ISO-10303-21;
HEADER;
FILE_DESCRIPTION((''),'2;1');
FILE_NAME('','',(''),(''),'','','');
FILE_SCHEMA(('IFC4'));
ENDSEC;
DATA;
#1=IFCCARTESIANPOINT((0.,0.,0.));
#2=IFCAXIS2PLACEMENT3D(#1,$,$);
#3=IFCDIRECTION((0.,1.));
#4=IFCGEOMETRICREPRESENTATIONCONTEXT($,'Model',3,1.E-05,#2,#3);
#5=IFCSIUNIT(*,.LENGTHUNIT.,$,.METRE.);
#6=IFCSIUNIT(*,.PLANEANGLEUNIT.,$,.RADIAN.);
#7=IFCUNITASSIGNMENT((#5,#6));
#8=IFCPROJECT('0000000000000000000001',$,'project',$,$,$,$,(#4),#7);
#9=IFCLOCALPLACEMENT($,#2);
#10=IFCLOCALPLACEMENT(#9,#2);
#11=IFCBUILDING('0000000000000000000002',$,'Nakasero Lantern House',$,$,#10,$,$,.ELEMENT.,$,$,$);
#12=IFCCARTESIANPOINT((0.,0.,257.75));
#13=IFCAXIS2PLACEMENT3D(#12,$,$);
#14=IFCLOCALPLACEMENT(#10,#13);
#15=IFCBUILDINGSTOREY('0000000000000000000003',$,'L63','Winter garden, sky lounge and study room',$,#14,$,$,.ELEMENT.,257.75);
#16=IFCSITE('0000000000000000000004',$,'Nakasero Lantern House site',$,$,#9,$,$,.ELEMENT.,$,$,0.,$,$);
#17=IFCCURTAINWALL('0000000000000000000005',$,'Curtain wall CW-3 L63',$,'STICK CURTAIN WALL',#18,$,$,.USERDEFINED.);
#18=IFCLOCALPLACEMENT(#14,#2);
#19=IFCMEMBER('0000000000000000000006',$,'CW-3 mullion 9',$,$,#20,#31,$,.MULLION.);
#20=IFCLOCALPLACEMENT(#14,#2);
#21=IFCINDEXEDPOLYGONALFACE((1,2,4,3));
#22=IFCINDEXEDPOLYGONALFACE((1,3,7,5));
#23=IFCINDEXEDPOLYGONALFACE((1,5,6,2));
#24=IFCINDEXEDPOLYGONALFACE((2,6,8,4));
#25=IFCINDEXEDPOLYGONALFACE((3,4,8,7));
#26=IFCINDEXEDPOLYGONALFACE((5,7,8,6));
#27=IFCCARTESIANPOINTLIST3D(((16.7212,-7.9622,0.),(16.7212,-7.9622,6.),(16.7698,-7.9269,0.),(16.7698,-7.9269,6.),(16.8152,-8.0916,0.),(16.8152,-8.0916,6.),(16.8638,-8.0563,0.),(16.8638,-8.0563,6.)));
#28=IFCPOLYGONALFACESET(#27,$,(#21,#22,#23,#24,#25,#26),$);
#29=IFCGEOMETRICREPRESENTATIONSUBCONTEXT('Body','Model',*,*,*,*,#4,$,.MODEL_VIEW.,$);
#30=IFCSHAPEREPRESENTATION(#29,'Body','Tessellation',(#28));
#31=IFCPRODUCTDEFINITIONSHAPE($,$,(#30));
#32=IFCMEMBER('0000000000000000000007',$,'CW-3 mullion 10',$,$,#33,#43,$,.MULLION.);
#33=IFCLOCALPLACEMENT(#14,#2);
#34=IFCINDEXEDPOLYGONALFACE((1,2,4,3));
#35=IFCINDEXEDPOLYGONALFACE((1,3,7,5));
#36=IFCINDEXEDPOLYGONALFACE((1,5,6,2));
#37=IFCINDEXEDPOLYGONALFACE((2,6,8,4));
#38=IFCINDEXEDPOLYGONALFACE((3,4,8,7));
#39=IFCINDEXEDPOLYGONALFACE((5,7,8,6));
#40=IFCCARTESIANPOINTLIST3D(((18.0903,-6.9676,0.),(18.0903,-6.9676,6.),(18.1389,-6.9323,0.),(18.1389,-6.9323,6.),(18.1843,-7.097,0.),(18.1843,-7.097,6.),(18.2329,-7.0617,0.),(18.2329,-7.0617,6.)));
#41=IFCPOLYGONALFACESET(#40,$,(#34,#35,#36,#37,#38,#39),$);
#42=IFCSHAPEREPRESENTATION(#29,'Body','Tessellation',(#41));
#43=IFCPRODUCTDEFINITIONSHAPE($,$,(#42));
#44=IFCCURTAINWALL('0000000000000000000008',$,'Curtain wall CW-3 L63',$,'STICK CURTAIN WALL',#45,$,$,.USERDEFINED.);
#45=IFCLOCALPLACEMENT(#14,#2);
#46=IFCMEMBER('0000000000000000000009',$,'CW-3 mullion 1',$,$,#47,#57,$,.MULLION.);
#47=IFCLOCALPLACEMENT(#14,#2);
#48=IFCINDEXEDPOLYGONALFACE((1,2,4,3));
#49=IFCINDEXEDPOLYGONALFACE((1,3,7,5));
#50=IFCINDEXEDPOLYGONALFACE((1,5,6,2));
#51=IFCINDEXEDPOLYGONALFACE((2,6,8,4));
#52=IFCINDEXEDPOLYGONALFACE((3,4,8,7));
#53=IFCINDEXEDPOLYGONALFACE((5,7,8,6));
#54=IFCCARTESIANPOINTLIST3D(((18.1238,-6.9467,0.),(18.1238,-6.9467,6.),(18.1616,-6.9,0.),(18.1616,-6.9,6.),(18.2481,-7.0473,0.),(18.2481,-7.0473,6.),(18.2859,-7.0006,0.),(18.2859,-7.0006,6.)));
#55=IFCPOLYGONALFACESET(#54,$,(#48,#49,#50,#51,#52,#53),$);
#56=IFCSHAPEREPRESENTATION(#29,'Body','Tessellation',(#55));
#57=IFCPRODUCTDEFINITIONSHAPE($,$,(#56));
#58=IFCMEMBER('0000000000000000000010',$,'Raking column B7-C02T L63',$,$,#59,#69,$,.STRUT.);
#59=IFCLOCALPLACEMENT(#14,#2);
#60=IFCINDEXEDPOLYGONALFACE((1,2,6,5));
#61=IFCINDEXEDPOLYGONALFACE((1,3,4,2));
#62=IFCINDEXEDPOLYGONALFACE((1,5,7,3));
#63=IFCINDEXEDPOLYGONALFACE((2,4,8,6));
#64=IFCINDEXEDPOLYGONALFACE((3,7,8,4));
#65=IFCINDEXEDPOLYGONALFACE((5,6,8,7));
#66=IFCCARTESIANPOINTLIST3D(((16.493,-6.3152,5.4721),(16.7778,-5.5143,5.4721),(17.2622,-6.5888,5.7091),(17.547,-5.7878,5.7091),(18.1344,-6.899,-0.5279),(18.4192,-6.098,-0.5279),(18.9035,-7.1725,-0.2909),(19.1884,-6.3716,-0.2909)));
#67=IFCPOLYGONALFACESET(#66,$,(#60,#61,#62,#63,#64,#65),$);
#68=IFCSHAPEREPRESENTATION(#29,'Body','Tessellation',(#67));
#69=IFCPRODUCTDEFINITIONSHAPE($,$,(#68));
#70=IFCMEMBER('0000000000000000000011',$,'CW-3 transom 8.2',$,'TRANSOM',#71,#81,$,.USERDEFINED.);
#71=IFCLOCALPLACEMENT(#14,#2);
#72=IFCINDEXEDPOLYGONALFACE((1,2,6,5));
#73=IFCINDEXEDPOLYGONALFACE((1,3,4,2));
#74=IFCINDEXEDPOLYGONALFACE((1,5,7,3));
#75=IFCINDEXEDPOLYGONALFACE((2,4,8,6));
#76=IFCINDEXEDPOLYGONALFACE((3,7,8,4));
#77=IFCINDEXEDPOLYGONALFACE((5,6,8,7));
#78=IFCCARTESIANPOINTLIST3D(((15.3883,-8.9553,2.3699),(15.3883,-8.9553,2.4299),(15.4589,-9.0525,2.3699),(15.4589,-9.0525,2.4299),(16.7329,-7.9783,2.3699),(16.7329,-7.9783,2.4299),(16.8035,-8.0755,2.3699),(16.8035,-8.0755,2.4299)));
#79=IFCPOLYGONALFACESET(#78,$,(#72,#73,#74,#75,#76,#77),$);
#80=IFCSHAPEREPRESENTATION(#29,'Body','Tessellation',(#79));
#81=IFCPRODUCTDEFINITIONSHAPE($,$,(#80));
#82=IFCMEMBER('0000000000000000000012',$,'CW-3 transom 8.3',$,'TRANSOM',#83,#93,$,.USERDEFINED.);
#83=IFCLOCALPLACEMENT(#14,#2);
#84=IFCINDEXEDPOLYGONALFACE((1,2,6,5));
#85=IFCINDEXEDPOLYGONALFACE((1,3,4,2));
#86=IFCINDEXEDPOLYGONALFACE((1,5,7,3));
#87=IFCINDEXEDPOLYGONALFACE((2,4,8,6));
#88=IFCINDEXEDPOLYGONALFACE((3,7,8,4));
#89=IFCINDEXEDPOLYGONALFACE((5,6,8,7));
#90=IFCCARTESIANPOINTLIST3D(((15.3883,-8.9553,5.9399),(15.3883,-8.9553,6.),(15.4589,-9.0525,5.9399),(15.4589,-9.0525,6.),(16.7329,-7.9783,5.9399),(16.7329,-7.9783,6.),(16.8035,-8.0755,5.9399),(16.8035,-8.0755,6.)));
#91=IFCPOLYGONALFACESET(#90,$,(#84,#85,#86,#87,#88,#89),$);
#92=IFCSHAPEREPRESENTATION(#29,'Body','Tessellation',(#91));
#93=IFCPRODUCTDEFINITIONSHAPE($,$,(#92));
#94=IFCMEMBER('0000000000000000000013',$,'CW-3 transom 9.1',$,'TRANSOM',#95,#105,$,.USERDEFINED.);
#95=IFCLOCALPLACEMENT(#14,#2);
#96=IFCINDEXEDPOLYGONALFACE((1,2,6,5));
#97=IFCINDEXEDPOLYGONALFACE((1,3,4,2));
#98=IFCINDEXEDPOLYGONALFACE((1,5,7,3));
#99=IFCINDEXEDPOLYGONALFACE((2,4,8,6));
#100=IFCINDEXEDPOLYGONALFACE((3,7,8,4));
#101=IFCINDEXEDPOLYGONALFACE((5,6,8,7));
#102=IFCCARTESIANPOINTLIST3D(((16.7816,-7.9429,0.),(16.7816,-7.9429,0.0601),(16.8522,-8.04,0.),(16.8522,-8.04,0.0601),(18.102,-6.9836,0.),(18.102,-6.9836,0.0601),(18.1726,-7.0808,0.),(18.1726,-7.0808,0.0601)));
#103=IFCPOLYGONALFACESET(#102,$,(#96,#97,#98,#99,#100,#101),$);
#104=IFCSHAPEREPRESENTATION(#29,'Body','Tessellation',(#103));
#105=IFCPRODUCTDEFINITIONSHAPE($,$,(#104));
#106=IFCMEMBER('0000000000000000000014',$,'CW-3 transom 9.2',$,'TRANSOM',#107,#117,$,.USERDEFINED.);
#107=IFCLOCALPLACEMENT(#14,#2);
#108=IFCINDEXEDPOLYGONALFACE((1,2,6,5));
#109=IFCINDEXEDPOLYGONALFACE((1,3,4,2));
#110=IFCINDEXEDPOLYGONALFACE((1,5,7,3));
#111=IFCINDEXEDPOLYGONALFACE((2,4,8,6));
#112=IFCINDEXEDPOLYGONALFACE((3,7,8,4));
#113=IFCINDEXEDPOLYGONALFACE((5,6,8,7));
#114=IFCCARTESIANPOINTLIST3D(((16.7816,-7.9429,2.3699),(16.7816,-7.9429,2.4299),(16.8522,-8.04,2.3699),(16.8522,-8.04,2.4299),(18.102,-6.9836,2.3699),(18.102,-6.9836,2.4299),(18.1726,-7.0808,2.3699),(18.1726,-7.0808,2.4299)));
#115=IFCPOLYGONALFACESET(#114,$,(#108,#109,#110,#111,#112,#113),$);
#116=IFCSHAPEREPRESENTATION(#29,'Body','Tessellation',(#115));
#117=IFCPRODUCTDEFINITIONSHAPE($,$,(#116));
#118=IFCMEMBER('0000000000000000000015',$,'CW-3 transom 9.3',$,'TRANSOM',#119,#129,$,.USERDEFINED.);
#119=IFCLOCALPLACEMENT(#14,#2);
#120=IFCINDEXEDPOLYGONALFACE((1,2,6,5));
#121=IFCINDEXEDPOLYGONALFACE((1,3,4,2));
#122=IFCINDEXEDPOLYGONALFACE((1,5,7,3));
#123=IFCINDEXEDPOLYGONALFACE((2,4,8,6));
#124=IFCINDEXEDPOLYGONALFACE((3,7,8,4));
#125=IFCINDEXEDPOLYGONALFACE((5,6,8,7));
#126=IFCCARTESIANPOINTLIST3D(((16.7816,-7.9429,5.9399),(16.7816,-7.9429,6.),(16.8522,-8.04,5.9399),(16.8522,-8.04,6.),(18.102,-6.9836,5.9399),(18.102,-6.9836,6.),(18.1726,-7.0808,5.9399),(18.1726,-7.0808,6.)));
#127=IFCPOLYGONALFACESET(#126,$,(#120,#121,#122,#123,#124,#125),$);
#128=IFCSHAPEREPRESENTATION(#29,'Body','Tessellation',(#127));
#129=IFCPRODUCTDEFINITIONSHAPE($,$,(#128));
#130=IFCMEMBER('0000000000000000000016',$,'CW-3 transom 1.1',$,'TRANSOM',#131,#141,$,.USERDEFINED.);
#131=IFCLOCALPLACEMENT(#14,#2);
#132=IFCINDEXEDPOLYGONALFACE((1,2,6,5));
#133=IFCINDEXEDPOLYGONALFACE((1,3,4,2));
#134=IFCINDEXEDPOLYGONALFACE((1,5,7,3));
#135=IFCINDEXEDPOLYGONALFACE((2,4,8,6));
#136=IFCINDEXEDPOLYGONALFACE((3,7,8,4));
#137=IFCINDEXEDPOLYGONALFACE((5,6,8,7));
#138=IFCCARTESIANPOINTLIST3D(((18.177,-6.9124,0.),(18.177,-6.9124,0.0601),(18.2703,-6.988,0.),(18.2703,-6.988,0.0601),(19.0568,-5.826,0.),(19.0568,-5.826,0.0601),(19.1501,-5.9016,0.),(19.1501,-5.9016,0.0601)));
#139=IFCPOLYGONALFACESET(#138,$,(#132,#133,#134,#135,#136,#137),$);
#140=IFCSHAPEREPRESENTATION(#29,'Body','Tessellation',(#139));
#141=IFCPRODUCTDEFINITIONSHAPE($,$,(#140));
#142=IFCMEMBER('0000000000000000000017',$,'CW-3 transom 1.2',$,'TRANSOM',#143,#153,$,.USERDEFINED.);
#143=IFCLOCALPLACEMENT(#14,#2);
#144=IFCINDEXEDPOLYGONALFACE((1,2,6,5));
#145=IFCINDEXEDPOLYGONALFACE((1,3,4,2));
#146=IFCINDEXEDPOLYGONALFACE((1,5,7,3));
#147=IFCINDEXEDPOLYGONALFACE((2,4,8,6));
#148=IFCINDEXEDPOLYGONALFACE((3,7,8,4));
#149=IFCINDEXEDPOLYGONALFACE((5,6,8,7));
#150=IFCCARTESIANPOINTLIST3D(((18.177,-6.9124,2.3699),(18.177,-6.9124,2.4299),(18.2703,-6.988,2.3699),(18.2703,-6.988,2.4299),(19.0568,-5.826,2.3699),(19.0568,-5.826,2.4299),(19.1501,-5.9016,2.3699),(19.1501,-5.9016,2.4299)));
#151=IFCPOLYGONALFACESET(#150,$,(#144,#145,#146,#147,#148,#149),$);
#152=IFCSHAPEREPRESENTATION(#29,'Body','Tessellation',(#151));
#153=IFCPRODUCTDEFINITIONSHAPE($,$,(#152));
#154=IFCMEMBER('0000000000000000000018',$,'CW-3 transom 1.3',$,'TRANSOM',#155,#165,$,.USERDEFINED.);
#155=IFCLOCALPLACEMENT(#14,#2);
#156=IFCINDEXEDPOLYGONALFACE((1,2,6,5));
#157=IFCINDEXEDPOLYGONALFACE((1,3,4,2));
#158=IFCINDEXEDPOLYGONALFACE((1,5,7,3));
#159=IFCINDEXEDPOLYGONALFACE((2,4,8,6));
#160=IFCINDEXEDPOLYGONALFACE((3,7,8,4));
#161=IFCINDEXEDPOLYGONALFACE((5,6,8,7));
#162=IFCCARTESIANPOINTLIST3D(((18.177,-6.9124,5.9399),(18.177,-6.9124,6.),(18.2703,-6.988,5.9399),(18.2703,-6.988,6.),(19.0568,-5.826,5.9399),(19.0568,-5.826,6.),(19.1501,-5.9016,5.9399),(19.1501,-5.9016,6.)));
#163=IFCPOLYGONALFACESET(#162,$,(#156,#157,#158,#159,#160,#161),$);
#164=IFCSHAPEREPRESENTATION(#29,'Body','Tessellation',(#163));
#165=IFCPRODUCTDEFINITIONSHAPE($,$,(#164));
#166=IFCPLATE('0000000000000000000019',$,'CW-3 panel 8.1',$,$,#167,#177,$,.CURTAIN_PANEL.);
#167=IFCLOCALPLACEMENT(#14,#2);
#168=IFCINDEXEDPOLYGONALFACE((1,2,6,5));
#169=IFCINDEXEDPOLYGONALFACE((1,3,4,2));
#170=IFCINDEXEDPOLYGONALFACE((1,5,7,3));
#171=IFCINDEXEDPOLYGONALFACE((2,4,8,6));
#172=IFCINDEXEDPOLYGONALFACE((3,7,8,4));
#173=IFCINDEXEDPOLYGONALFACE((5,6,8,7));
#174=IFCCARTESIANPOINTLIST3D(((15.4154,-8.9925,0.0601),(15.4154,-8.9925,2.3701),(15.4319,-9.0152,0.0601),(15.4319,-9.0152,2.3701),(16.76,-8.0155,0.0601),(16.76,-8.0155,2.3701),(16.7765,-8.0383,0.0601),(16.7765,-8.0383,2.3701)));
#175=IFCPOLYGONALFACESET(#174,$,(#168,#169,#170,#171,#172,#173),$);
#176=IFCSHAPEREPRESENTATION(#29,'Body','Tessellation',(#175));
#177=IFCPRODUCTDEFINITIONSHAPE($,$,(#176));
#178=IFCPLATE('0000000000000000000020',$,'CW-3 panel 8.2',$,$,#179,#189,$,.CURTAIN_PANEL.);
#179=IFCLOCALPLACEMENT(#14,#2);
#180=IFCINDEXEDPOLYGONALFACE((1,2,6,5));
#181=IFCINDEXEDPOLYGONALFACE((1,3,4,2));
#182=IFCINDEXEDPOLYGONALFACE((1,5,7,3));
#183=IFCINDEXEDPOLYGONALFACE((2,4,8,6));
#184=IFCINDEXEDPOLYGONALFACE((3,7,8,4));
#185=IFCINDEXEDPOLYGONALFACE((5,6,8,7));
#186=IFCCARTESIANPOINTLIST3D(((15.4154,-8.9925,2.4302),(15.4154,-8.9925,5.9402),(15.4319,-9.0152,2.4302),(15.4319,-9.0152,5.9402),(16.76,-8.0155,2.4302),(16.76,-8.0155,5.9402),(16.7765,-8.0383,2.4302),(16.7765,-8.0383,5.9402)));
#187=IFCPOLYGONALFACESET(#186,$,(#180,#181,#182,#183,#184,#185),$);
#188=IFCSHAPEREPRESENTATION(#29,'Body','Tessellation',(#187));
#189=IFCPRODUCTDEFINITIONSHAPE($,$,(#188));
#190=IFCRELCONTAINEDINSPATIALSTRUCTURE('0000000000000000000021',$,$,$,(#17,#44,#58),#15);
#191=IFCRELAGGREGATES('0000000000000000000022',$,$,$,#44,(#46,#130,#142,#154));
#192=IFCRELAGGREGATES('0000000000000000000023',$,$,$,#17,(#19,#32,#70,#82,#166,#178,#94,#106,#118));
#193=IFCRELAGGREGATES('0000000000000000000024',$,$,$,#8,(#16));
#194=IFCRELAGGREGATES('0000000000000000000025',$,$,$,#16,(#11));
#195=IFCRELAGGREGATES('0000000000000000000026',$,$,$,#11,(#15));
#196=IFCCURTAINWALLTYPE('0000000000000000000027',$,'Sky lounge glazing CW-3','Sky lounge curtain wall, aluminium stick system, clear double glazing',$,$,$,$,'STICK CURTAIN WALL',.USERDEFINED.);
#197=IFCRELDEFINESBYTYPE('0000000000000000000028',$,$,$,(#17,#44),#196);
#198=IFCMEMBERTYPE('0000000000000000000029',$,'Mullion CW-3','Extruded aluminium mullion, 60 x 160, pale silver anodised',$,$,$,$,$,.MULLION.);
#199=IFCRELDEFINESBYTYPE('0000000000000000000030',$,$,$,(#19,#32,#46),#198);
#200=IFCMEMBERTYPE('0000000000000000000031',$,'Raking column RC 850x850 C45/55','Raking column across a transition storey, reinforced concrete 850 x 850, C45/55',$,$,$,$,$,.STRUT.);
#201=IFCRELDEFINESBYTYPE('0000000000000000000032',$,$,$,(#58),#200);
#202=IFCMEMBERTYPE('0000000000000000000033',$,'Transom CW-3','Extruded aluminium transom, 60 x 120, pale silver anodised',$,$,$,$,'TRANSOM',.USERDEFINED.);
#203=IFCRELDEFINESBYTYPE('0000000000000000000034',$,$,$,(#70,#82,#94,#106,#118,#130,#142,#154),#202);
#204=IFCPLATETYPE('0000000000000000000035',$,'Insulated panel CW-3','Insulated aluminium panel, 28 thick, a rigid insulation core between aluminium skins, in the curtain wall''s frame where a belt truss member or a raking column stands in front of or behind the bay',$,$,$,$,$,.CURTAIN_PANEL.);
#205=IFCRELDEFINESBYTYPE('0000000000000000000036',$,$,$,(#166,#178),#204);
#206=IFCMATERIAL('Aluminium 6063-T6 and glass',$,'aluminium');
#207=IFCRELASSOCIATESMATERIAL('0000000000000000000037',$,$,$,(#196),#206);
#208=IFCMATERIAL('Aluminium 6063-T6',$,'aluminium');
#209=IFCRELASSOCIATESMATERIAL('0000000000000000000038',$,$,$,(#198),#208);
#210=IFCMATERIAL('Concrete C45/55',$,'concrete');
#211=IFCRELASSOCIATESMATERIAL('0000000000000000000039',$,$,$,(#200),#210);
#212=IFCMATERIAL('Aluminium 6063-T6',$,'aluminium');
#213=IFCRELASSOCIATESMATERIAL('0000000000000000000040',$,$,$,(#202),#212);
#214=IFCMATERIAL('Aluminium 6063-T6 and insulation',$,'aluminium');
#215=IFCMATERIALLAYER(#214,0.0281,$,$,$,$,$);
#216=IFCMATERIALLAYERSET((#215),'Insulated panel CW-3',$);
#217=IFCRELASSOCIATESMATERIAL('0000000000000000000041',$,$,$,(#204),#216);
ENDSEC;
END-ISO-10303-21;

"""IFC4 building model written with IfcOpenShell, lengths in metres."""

from ifc_helpers import new_model, si_unit, direction, frame, origin, origin_2d, place, context, subcontext, project, spatial, rectangle, extrude, material, layer, layer_set, material_profile, profile_set, type_object, element, aggregate, save


model = new_model("IFC4")

# Units and contexts
model_context = context("Model", 3, precision=1e-05, world=origin(), true_north=direction((0.0, 1.0)))
body_context = subcontext(model_context, "Body", "Model", "MODEL_VIEW")
ifc_project = project(units=[si_unit("LENGTHUNIT", "METRE"), si_unit("PLANEANGLEUNIT", "RADIAN")], contexts=[model_context])

# Site, building, storey
site_placement = place(None, origin())
site = spatial("IfcSite", under=ifc_project, at=site_placement, Name="Nakasero Lantern House site", CompositionType="ELEMENT", RefElevation=0.0)
building_placement = place(site_placement, origin())
building = spatial("IfcBuilding", under=site, at=building_placement, Name="Nakasero Lantern House", CompositionType="ELEMENT")
storey_placement = place(building_placement, frame((0.0, 0.0, 257.75)))
storey = spatial("IfcBuildingStorey", under=building, at=storey_placement, Name="L63", Description="Winter garden, sky lounge and study room", CompositionType="ELEMENT", Elevation=257.75)

# Curtain wall, members
ifc_material_1 = material(Name="Aluminium 6063-T6 and glass", Category="aluminium")
curtain_wall_type = type_object("IfcCurtainWallType", Name="Sky lounge glazing CW-3", Description="Sky lounge curtain wall, aluminium stick system, clear double glazing", ElementType="STICK CURTAIN WALL", PredefinedType="USERDEFINED", material=ifc_material_1)
curtain_wall_1_placement = place(storey_placement, origin())
curtain_wall_1 = element("IfcCurtainWall", 1, at=curtain_wall_1_placement, inside=storey, type_object=curtain_wall_type, Name="Curtain wall CW-3 L63", ObjectType="STICK CURTAIN WALL", PredefinedType="USERDEFINED")
ifc_material_2 = material(Name="Aluminium 6063-T6", Category="aluminium")
ifc_material_profile_1 = material_profile(ifc_material_2, rectangle(XDim=0.0601, YDim=0.1599, at=origin_2d()), Name="CW-3 mullion 60x160")
ifc_profile_set_1 = profile_set([ifc_material_profile_1], Name="Aluminium 6063-T6")
member_type_1 = type_object("IfcMemberType", Name="Mullion CW-3", Description="Extruded aluminium mullion, 60 x 160, pale silver anodised", PredefinedType="MULLION", material=ifc_profile_set_1)
member_1_placement = place(storey_placement, frame((16.7925, -8.0093, 0.0), z_axis=(0.0, 0.0, 1.0), x_axis=(0.809017, 0.587785, 0.0)))
member_1 = element("IfcMember", 2, at=member_1_placement, type_object=member_type_1, Name="CW-3 mullion 9", PredefinedType="MULLION", context=body_context, shape_type="SweptSolid", body=[
    extrude(rectangle(XDim=0.0601, YDim=0.1599, at=origin_2d()), origin(), (0.0, 0.0, 1.0), 6.0),
])
member_2_placement = place(storey_placement, frame((18.1616, -7.0146, 0.0), z_axis=(0.0, 0.0, 1.0), x_axis=(0.809017, 0.587785, 0.0)))
member_2 = element("IfcMember", 3, at=member_2_placement, type_object=member_type_1, Name="CW-3 mullion 10", PredefinedType="MULLION", context=body_context, shape_type="SweptSolid", body=[
    extrude(rectangle(XDim=0.0601, YDim=0.1599, at=origin_2d()), origin(), (0.0, 0.0, 1.0), 6.0),
])

# Curtain wall, member
curtain_wall_2_placement = place(storey_placement, origin())
curtain_wall_2 = element("IfcCurtainWall", 4, at=curtain_wall_2_placement, inside=storey, type_object=curtain_wall_type, Name="Curtain wall CW-3 L63", ObjectType="STICK CURTAIN WALL", PredefinedType="USERDEFINED")
member_3_placement = place(storey_placement, frame((18.2048, -6.9736, 0.0), z_axis=(0.0, 0.0, 1.0), x_axis=(0.62932, 0.777146, 0.0)))
member_3 = element("IfcMember", 5, at=member_3_placement, type_object=member_type_1, Name="CW-3 mullion 1", PredefinedType="MULLION", context=body_context, shape_type="SweptSolid", body=[
    extrude(rectangle(XDim=0.0601, YDim=0.1599, at=origin_2d()), origin(), (0.0, 0.0, 1.0), 6.0),
])

# Members
ifc_material_3 = material(Name="Concrete C45/55", Category="concrete")
ifc_material_profile_2 = material_profile(ifc_material_3, rectangle(XDim=0.8501, YDim=0.8501, at=origin_2d()), Name="RC 850x850")
ifc_profile_set_2 = profile_set([ifc_material_profile_2], Name="Concrete C45/55")
member_type_2 = type_object("IfcMemberType", Name="Raking column RC 850x850 C45/55", Description="Raking column across a transition storey, reinforced concrete 850 x 850, C45/55", PredefinedType="STRUT", material=ifc_profile_set_2)
member_4_placement = place(storey_placement, frame((18.6614, -6.6353, -0.4094), z_axis=(-0.26271, 0.093432, 0.96034), x_axis=(-0.335084, -0.942188, 0.0)))
element("IfcMember", 6, at=member_4_placement, inside=storey, type_object=member_type_2, Name="Raking column B7-C02T L63", PredefinedType="STRUT", context=body_context, shape_type="SweptSolid", body=[
    extrude(rectangle(XDim=0.8501, YDim=0.8501, at=origin_2d()), origin(), (0.0, 0.0, 1.0), 6.2478),
])
ifc_material_4 = material(Name="Aluminium 6063-T6", Category="aluminium")
ifc_material_profile_3 = material_profile(ifc_material_4, rectangle(XDim=0.0601, YDim=0.1201, at=origin_2d()), Name="CW-3 transom 60x120")
ifc_profile_set_3 = profile_set([ifc_material_profile_3], Name="Aluminium 6063-T6")
member_type_3 = type_object("IfcMemberType", Name="Transom CW-3", Description="Extruded aluminium transom, 60 x 120, pale silver anodised", ElementType="TRANSOM", PredefinedType="USERDEFINED", material=ifc_profile_set_3)
member_5_placement = place(storey_placement, frame((15.4236, -9.0039, 2.3999), z_axis=(0.809003, 0.587805, 0.0), x_axis=(0.0, 0.0, 1.0)))
member_5 = element("IfcMember", 7, at=member_5_placement, type_object=member_type_3, Name="CW-3 transom 8.2", ObjectType="TRANSOM", PredefinedType="USERDEFINED", context=body_context, shape_type="SweptSolid", body=[
    extrude(rectangle(XDim=0.0601, YDim=0.1201, at=origin_2d()), origin(), (0.0, 0.0, 1.0), 1.6621),
])
member_6_placement = place(storey_placement, frame((15.4236, -9.0039, 5.97), z_axis=(0.809003, 0.587805, 0.0), x_axis=(0.0, 0.0, 1.0)))
member_6 = element("IfcMember", 8, at=member_6_placement, type_object=member_type_3, Name="CW-3 transom 8.3", ObjectType="TRANSOM", PredefinedType="USERDEFINED", context=body_context, shape_type="SweptSolid", body=[
    extrude(rectangle(XDim=0.0601, YDim=0.1201, at=origin_2d()), origin(), (0.0, 0.0, 1.0), 1.6621),
])
member_7_placement = place(storey_placement, frame((16.8169, -7.9915, 0.03), z_axis=(0.809027, 0.587771, 0.0), x_axis=(0.0, 0.0, 1.0)))
member_7 = element("IfcMember", 9, at=member_7_placement, type_object=member_type_3, Name="CW-3 transom 9.1", ObjectType="TRANSOM", PredefinedType="USERDEFINED", context=body_context, shape_type="SweptSolid", body=[
    extrude(rectangle(XDim=0.0601, YDim=0.1201, at=origin_2d()), origin(), (0.0, 0.0, 1.0), 1.6321),
])
member_8_placement = place(storey_placement, frame((16.8169, -7.9915, 2.3999), z_axis=(0.809027, 0.587771, 0.0), x_axis=(0.0, 0.0, 1.0)))
member_8 = element("IfcMember", 10, at=member_8_placement, type_object=member_type_3, Name="CW-3 transom 9.2", ObjectType="TRANSOM", PredefinedType="USERDEFINED", context=body_context, shape_type="SweptSolid", body=[
    extrude(rectangle(XDim=0.0601, YDim=0.1201, at=origin_2d()), origin(), (0.0, 0.0, 1.0), 1.6321),
])
member_9_placement = place(storey_placement, frame((16.8169, -7.9915, 5.97), z_axis=(0.809027, 0.587771, 0.0), x_axis=(0.0, 0.0, 1.0)))
member_9 = element("IfcMember", 11, at=member_9_placement, type_object=member_type_3, Name="CW-3 transom 9.3", ObjectType="TRANSOM", PredefinedType="USERDEFINED", context=body_context, shape_type="SweptSolid", body=[
    extrude(rectangle(XDim=0.0601, YDim=0.1201, at=origin_2d()), origin(), (0.0, 0.0, 1.0), 1.6321),
])
member_10_placement = place(storey_placement, frame((18.2236, -6.9502, 0.03), z_axis=(0.629369, 0.777107, 0.0), x_axis=(0.0, 0.0, 1.0)))
member_10 = element("IfcMember", 12, at=member_10_placement, type_object=member_type_3, Name="CW-3 transom 1.1", ObjectType="TRANSOM", PredefinedType="USERDEFINED", context=body_context, shape_type="SweptSolid", body=[
    extrude(rectangle(XDim=0.0601, YDim=0.1201, at=origin_2d()), origin(), (0.0, 0.0, 1.0), 1.3979),
])
member_11_placement = place(storey_placement, frame((18.2236, -6.9502, 2.3999), z_axis=(0.629369, 0.777107, 0.0), x_axis=(0.0, 0.0, 1.0)))
member_11 = element("IfcMember", 13, at=member_11_placement, type_object=member_type_3, Name="CW-3 transom 1.2", ObjectType="TRANSOM", PredefinedType="USERDEFINED", context=body_context, shape_type="SweptSolid", body=[
    extrude(rectangle(XDim=0.0601, YDim=0.1201, at=origin_2d()), origin(), (0.0, 0.0, 1.0), 1.3979),
])
member_12_placement = place(storey_placement, frame((18.2236, -6.9502, 5.97), z_axis=(0.629369, 0.777107, 0.0), x_axis=(0.0, 0.0, 1.0)))
member_12 = element("IfcMember", 14, at=member_12_placement, type_object=member_type_3, Name="CW-3 transom 1.3", ObjectType="TRANSOM", PredefinedType="USERDEFINED", context=body_context, shape_type="SweptSolid", body=[
    extrude(rectangle(XDim=0.0601, YDim=0.1201, at=origin_2d()), origin(), (0.0, 0.0, 1.0), 1.3979),
])
aggregate(curtain_wall_2, [member_3, member_10, member_11, member_12])

# Plates
ifc_material_5 = material(Name="Aluminium 6063-T6 and insulation", Category="aluminium")
ifc_layer_1 = layer(ifc_material_5, 0.0281)
ifc_layer_set_1 = layer_set([ifc_layer_1], Name="Insulated panel CW-3")
plate_type_1 = type_object("IfcPlateType", Name="Insulated panel CW-3", Description="Insulated aluminium panel, 28 thick, a rigid insulation core between aluminium skins, in the curtain wall's frame where a belt truss member or a raking column stands in front of or behind the bay", PredefinedType="CURTAIN_PANEL", material=ifc_layer_set_1)
plate_1_placement = place(storey_placement, frame((16.0959, -8.5154, 0.0601), z_axis=(0.0, 0.0, 1.0), x_axis=(0.809017, 0.587785, 0.0)))
plate_1 = element("IfcPlate", 15, at=plate_1_placement, type_object=plate_type_1, Name="CW-3 panel 8.1", PredefinedType="CURTAIN_PANEL", context=body_context, shape_type="SweptSolid", body=[
    extrude(rectangle(XDim=1.6621, YDim=0.0281, at=origin_2d()), origin(), (0.0, 0.0, 1.0), 2.3101),
])
plate_2_placement = place(storey_placement, frame((16.0959, -8.5154, 2.4302), z_axis=(0.0, 0.0, 1.0), x_axis=(0.809017, 0.587785, 0.0)))
plate_2 = element("IfcPlate", 16, at=plate_2_placement, type_object=plate_type_1, Name="CW-3 panel 8.2", PredefinedType="CURTAIN_PANEL", context=body_context, shape_type="SweptSolid", body=[
    extrude(rectangle(XDim=1.6621, YDim=0.0281, at=origin_2d()), origin(), (0.0, 0.0, 1.0), 3.51),
])
aggregate(curtain_wall_1, [member_1, member_2, member_5, member_6, plate_1, plate_2, member_7, member_8, member_9])

save(model, "model.ifc")
